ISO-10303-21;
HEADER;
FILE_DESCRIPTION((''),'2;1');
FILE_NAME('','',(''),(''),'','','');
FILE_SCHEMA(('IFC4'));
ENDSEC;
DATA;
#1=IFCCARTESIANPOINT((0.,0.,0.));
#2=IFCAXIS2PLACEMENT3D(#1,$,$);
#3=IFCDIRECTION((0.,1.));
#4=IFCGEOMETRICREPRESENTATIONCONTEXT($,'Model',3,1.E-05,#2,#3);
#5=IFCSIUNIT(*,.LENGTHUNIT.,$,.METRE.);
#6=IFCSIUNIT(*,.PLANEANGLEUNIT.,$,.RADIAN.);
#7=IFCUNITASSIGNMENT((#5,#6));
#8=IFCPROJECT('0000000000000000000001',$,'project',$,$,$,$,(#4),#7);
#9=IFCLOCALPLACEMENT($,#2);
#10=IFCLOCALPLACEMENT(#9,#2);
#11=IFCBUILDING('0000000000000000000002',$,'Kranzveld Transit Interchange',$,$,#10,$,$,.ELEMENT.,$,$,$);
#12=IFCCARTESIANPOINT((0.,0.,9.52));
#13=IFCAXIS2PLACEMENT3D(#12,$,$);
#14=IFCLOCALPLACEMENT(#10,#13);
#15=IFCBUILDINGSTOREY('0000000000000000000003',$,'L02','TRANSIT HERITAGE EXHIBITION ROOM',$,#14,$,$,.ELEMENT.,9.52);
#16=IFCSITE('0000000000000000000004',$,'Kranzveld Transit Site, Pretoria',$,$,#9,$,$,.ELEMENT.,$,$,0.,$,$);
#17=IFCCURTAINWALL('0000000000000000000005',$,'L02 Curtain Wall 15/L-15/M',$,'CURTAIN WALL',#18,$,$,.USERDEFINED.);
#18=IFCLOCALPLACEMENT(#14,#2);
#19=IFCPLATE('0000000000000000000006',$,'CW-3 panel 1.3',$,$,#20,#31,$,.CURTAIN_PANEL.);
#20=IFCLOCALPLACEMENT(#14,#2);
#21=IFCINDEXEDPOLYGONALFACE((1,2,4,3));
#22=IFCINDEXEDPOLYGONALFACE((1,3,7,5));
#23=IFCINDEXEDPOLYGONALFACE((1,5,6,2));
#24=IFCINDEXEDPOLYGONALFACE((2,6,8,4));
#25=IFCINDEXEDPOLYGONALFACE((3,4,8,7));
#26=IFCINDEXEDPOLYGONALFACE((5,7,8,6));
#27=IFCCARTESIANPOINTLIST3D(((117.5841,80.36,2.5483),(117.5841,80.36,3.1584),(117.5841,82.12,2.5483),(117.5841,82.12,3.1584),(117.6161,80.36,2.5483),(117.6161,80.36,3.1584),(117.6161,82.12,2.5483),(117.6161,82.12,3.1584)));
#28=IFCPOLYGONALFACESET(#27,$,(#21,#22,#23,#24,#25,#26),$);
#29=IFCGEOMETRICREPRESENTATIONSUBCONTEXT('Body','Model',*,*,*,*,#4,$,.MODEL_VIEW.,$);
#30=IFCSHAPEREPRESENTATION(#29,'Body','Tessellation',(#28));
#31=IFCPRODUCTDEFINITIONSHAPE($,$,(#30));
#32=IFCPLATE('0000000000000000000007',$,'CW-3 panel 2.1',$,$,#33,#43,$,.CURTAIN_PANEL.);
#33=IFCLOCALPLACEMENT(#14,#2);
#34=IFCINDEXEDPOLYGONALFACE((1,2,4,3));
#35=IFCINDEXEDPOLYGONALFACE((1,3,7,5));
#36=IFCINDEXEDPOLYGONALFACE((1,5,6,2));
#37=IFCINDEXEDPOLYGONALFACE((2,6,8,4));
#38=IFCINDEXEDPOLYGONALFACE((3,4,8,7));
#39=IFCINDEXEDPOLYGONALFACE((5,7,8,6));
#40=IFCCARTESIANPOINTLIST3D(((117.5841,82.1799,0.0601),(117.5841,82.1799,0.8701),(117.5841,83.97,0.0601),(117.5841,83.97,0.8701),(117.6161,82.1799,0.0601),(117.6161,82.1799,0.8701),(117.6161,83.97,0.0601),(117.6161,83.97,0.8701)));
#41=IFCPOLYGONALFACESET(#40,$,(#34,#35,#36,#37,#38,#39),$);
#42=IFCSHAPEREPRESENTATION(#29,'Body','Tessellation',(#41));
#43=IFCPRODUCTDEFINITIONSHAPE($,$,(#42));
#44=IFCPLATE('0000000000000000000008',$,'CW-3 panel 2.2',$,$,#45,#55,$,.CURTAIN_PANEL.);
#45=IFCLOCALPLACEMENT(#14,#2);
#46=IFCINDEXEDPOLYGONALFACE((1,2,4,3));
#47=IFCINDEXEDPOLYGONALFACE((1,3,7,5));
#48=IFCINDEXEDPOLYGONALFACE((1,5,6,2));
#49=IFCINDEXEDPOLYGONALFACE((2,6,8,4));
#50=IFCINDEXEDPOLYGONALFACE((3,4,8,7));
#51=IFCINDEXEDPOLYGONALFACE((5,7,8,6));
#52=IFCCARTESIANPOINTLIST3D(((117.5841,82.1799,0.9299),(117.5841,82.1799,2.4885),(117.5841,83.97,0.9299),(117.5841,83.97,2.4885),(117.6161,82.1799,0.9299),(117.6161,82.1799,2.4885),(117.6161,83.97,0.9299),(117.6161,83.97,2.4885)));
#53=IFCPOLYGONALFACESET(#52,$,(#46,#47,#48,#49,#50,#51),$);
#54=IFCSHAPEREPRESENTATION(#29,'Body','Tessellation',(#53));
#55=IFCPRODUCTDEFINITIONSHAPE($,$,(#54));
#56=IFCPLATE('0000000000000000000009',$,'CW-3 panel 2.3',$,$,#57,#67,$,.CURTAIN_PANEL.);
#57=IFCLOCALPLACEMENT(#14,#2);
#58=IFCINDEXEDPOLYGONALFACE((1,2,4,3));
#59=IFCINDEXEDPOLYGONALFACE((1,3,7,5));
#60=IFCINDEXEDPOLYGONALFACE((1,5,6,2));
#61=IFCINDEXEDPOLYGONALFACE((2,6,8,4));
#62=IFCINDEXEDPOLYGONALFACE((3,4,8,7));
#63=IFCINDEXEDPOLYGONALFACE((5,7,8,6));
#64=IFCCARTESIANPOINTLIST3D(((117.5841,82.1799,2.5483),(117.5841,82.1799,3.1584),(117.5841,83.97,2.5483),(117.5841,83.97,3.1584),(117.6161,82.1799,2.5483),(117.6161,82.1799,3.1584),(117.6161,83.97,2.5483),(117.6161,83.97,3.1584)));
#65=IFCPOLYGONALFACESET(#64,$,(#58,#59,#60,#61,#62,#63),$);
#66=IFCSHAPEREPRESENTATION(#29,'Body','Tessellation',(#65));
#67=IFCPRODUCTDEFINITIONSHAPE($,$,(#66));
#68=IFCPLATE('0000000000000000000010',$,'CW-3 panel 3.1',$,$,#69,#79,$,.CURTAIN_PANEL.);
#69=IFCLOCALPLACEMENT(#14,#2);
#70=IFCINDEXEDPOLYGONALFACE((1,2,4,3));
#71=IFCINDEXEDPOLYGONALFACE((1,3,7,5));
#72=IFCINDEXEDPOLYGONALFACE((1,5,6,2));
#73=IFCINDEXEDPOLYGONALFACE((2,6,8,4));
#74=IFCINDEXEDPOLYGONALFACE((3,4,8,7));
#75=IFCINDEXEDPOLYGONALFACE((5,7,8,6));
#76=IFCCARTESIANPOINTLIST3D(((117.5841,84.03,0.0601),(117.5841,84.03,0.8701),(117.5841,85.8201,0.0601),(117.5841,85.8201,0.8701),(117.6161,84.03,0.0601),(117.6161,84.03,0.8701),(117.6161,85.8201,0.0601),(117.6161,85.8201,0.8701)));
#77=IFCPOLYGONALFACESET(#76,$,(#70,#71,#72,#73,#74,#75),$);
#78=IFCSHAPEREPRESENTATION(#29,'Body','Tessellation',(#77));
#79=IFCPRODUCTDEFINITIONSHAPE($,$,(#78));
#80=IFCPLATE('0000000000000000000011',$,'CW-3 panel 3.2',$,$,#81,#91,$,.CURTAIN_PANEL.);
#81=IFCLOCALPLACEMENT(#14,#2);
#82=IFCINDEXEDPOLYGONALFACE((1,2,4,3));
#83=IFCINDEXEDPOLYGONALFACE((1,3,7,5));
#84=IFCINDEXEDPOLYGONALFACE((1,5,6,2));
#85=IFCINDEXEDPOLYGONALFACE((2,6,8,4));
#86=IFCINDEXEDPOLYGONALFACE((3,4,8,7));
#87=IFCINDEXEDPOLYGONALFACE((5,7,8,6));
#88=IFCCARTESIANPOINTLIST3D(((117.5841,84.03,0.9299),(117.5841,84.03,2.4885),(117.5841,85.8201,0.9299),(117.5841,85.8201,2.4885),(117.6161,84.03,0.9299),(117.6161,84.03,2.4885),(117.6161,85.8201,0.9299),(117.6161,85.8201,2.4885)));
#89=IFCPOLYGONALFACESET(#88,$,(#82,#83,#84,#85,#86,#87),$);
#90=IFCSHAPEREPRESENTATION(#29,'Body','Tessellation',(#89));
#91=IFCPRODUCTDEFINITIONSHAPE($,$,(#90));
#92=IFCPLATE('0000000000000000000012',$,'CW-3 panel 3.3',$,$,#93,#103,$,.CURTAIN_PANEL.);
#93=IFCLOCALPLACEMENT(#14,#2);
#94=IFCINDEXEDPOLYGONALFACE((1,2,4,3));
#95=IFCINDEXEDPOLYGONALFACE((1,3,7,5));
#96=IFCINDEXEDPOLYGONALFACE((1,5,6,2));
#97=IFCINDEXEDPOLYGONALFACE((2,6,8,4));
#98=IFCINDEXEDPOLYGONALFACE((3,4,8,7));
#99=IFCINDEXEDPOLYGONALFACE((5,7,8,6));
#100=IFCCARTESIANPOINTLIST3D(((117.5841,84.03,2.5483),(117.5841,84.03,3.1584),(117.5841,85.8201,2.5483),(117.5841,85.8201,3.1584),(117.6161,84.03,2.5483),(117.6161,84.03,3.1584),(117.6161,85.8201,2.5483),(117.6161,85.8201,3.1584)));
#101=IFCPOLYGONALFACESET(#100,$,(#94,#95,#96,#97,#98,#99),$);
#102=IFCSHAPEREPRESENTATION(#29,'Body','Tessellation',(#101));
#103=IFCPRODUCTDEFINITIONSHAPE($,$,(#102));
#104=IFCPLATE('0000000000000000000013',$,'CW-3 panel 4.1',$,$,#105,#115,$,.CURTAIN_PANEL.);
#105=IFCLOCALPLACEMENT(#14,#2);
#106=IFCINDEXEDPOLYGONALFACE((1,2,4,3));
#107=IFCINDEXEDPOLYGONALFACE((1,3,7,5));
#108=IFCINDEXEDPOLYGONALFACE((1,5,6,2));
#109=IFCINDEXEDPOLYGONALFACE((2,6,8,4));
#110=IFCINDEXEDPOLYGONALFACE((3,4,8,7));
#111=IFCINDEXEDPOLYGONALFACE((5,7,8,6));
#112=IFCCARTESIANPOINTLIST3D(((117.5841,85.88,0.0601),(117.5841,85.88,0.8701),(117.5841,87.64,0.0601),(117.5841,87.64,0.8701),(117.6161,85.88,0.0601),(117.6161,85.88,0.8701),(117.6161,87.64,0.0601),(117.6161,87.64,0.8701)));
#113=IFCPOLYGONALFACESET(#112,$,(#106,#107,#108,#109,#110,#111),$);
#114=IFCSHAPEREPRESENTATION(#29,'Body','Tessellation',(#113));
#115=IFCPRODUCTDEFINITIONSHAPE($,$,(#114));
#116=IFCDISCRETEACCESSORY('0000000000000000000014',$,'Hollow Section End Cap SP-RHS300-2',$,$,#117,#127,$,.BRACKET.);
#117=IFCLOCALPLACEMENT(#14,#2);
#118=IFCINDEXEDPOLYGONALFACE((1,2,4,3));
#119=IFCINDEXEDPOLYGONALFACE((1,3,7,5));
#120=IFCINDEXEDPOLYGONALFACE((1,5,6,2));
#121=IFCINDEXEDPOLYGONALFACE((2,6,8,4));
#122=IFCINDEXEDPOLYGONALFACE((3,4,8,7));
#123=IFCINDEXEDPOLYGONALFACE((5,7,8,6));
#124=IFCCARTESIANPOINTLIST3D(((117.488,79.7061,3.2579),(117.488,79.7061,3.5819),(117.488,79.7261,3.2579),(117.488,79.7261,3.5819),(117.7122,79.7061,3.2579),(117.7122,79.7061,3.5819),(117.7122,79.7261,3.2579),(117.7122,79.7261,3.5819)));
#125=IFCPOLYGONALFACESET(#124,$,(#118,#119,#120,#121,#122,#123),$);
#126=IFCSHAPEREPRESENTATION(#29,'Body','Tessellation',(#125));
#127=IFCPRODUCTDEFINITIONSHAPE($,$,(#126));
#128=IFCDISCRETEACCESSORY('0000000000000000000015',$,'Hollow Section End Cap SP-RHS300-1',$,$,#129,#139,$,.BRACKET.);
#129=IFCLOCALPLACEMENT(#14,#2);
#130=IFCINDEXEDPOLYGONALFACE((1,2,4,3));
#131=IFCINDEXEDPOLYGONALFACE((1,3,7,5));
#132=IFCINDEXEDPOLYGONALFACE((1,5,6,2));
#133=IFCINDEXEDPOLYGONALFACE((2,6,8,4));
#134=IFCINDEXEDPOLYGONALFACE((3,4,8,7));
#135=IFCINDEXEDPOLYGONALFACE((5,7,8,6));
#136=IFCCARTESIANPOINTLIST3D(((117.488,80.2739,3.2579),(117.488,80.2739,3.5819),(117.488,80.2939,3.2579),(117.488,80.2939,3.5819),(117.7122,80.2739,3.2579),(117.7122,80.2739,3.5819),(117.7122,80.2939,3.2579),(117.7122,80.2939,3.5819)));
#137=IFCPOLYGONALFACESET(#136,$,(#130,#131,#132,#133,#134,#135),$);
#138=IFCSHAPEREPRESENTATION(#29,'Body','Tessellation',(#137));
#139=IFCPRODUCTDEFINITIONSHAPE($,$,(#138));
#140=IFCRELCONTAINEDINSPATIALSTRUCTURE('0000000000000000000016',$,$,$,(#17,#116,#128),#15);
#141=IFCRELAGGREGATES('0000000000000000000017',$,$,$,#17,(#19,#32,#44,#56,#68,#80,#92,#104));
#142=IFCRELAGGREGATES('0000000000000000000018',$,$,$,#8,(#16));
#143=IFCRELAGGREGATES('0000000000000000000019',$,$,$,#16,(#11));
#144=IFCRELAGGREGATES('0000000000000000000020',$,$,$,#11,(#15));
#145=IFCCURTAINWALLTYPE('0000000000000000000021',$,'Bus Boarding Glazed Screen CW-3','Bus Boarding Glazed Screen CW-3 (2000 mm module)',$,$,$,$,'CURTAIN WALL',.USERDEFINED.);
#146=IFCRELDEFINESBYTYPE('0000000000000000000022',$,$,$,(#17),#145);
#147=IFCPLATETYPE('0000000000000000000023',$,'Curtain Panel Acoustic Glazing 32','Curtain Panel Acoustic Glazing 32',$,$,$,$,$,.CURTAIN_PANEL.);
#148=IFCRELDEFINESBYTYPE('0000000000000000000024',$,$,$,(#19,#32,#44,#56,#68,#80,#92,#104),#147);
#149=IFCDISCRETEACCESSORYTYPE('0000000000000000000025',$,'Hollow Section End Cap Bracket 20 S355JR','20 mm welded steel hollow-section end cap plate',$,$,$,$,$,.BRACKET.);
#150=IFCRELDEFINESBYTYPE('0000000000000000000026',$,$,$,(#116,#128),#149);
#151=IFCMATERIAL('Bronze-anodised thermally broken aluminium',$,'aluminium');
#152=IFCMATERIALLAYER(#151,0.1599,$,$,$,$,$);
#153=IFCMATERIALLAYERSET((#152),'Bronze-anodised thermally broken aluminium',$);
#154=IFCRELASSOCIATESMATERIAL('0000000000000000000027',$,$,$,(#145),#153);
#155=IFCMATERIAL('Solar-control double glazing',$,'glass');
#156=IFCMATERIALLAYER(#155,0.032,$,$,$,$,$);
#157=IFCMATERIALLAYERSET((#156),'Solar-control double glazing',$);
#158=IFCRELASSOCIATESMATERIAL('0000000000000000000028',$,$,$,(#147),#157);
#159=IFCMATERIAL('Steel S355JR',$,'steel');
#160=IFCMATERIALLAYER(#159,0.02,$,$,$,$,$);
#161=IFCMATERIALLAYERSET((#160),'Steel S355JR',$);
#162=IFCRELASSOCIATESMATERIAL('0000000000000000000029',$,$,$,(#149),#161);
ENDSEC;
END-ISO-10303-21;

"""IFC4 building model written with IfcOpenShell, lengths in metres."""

from ifc_helpers import new_model, si_unit, direction, frame, origin, origin_2d, place, context, subcontext, project, spatial, rectangle, extrude, material, layer, layer_set, type_object, element, aggregate, save


model = new_model("IFC4")

# Units and contexts
model_context = context("Model", 3, precision=1e-05, world=origin(), true_north=direction((0.0, 1.0)))
body_context = subcontext(model_context, "Body", "Model", "MODEL_VIEW")
ifc_project = project(units=[si_unit("LENGTHUNIT", "METRE"), si_unit("PLANEANGLEUNIT", "RADIAN")], contexts=[model_context])

# Site, building, storey
site_placement = place(None, origin())
site = spatial("IfcSite", under=ifc_project, at=site_placement, Name="Kranzveld Transit Site, Pretoria", CompositionType="ELEMENT", RefElevation=0.0)
building_placement = place(site_placement, origin())
building = spatial("IfcBuilding", under=site, at=building_placement, Name="Kranzveld Transit Interchange", CompositionType="ELEMENT")
storey_placement = place(building_placement, frame((0.0, 0.0, 9.52)))
storey = spatial("IfcBuildingStorey", under=building, at=storey_placement, Name="L02", Description="TRANSIT HERITAGE EXHIBITION ROOM", CompositionType="ELEMENT", Elevation=9.52)

# Curtain wall
ifc_material_1 = material(Name="Bronze-anodised thermally broken aluminium", Category="aluminium")
ifc_layer_1 = layer(ifc_material_1, 0.1599)
ifc_layer_set_1 = layer_set([ifc_layer_1], Name="Bronze-anodised thermally broken aluminium")
curtain_wall_type = type_object("IfcCurtainWallType", Name="Bus Boarding Glazed Screen CW-3", Description="Bus Boarding Glazed Screen CW-3 (2000 mm module)", ElementType="CURTAIN WALL", PredefinedType="USERDEFINED", material=ifc_layer_set_1)
curtain_wall_placement = place(storey_placement, origin())
curtain_wall = element("IfcCurtainWall", 1, at=curtain_wall_placement, inside=storey, type_object=curtain_wall_type, Name="L02 Curtain Wall 15/L-15/M", ObjectType="CURTAIN WALL", PredefinedType="USERDEFINED")

# Plates
ifc_material_2 = material(Name="Solar-control double glazing", Category="glass")
ifc_layer_2 = layer(ifc_material_2, 0.032)
ifc_layer_set_2 = layer_set([ifc_layer_2], Name="Solar-control double glazing")
plate_type = type_object("IfcPlateType", Name="Curtain Panel Acoustic Glazing 32", Description="Curtain Panel Acoustic Glazing 32", PredefinedType="CURTAIN_PANEL", material=ifc_layer_set_2)
plate_1_placement = place(storey_placement, frame((117.6001, 81.24, 2.5483), z_axis=(0.0, 0.0, 1.0), x_axis=(0.0, 1.0, 0.0)))
plate_1 = element("IfcPlate", 2, at=plate_1_placement, type_object=plate_type, Name="CW-3 panel 1.3", PredefinedType="CURTAIN_PANEL", context=body_context, shape_type="SweptSolid", body=[
    extrude(rectangle(XDim=1.76, YDim=0.032, at=origin_2d()), origin(), (0.0, 0.0, 1.0), 0.6101),
])
plate_2_placement = place(storey_placement, frame((117.6001, 83.075, 0.0601), z_axis=(0.0, 0.0, 1.0), x_axis=(0.0, 1.0, 0.0)))
plate_2 = element("IfcPlate", 3, at=plate_2_placement, type_object=plate_type, Name="CW-3 panel 2.1", PredefinedType="CURTAIN_PANEL", context=body_context, shape_type="SweptSolid", body=[
    extrude(rectangle(XDim=1.79, YDim=0.032, at=origin_2d()), origin(), (0.0, 0.0, 1.0), 0.8101),
])
plate_3_placement = place(storey_placement, frame((117.6001, 83.075, 0.9299), z_axis=(0.0, 0.0, 1.0), x_axis=(0.0, 1.0, 0.0)))
plate_3 = element("IfcPlate", 4, at=plate_3_placement, type_object=plate_type, Name="CW-3 panel 2.2", PredefinedType="CURTAIN_PANEL", context=body_context, shape_type="SweptSolid", body=[
    extrude(rectangle(XDim=1.79, YDim=0.032, at=origin_2d()), origin(), (0.0, 0.0, 1.0), 1.5586),
])
plate_4_placement = place(storey_placement, frame((117.6001, 83.075, 2.5483), z_axis=(0.0, 0.0, 1.0), x_axis=(0.0, 1.0, 0.0)))
plate_4 = element("IfcPlate", 5, at=plate_4_placement, type_object=plate_type, Name="CW-3 panel 2.3", PredefinedType="CURTAIN_PANEL", context=body_context, shape_type="SweptSolid", body=[
    extrude(rectangle(XDim=1.79, YDim=0.032, at=origin_2d()), origin(), (0.0, 0.0, 1.0), 0.6101),
])
plate_5_placement = place(storey_placement, frame((117.6001, 84.925, 0.0601), z_axis=(0.0, 0.0, 1.0), x_axis=(0.0, 1.0, 0.0)))
plate_5 = element("IfcPlate", 6, at=plate_5_placement, type_object=plate_type, Name="CW-3 panel 3.1", PredefinedType="CURTAIN_PANEL", context=body_context, shape_type="SweptSolid", body=[
    extrude(rectangle(XDim=1.79, YDim=0.032, at=origin_2d()), origin(), (0.0, 0.0, 1.0), 0.8101),
])
plate_6_placement = place(storey_placement, frame((117.6001, 84.925, 0.9299), z_axis=(0.0, 0.0, 1.0), x_axis=(0.0, 1.0, 0.0)))
plate_6 = element("IfcPlate", 7, at=plate_6_placement, type_object=plate_type, Name="CW-3 panel 3.2", PredefinedType="CURTAIN_PANEL", context=body_context, shape_type="SweptSolid", body=[
    extrude(rectangle(XDim=1.79, YDim=0.032, at=origin_2d()), origin(), (0.0, 0.0, 1.0), 1.5586),
])
plate_7_placement = place(storey_placement, frame((117.6001, 84.925, 2.5483), z_axis=(0.0, 0.0, 1.0), x_axis=(0.0, 1.0, 0.0)))
plate_7 = element("IfcPlate", 8, at=plate_7_placement, type_object=plate_type, Name="CW-3 panel 3.3", PredefinedType="CURTAIN_PANEL", context=body_context, shape_type="SweptSolid", body=[
    extrude(rectangle(XDim=1.79, YDim=0.032, at=origin_2d()), origin(), (0.0, 0.0, 1.0), 0.6101),
])
plate_8_placement = place(storey_placement, frame((117.6001, 86.76, 0.0601), z_axis=(0.0, 0.0, 1.0), x_axis=(0.0, 1.0, 0.0)))
plate_8 = element("IfcPlate", 9, at=plate_8_placement, type_object=plate_type, Name="CW-3 panel 4.1", PredefinedType="CURTAIN_PANEL", context=body_context, shape_type="SweptSolid", body=[
    extrude(rectangle(XDim=1.76, YDim=0.032, at=origin_2d()), origin(), (0.0, 0.0, 1.0), 0.8101),
])
aggregate(curtain_wall, [plate_1, plate_2, plate_3, plate_4, plate_5, plate_6, plate_7, plate_8])

# Discrete accessories
ifc_material_3 = material(Name="Steel S355JR", Category="steel")
ifc_layer_3 = layer(ifc_material_3, 0.02)
ifc_layer_set_3 = layer_set([ifc_layer_3], Name="Steel S355JR")
discrete_accessory_type = type_object("IfcDiscreteAccessoryType", Name="Hollow Section End Cap Bracket 20 S355JR", Description="20 mm welded steel hollow-section end cap plate", PredefinedType="BRACKET", material=ifc_layer_set_3)
for number, where, z_axis, x_axis, name in (
    (10, (117.6001, 79.7061, 3.4199), (0.0, 1.0, 0.0), (-1.0, 0.0, 0.0), "Hollow Section End Cap SP-RHS300-2"),
    (11, (117.6001, 80.2939, 3.4199), (0.0, -1.0, 0.0), (1.0, 0.0, 0.0), "Hollow Section End Cap SP-RHS300-1"),
):
    element("IfcDiscreteAccessory", number, at=place(storey_placement, frame(where, z_axis=z_axis, x_axis=x_axis)), inside=storey, type_object=discrete_accessory_type, Name=name, PredefinedType="BRACKET", context=body_context, shape_type="SweptSolid", body=[
        extrude(rectangle(XDim=0.2241, YDim=0.324, at=origin_2d()), origin(), (0.0, 0.0, 1.0), 0.02),
    ])

save(model, "model.ifc")
